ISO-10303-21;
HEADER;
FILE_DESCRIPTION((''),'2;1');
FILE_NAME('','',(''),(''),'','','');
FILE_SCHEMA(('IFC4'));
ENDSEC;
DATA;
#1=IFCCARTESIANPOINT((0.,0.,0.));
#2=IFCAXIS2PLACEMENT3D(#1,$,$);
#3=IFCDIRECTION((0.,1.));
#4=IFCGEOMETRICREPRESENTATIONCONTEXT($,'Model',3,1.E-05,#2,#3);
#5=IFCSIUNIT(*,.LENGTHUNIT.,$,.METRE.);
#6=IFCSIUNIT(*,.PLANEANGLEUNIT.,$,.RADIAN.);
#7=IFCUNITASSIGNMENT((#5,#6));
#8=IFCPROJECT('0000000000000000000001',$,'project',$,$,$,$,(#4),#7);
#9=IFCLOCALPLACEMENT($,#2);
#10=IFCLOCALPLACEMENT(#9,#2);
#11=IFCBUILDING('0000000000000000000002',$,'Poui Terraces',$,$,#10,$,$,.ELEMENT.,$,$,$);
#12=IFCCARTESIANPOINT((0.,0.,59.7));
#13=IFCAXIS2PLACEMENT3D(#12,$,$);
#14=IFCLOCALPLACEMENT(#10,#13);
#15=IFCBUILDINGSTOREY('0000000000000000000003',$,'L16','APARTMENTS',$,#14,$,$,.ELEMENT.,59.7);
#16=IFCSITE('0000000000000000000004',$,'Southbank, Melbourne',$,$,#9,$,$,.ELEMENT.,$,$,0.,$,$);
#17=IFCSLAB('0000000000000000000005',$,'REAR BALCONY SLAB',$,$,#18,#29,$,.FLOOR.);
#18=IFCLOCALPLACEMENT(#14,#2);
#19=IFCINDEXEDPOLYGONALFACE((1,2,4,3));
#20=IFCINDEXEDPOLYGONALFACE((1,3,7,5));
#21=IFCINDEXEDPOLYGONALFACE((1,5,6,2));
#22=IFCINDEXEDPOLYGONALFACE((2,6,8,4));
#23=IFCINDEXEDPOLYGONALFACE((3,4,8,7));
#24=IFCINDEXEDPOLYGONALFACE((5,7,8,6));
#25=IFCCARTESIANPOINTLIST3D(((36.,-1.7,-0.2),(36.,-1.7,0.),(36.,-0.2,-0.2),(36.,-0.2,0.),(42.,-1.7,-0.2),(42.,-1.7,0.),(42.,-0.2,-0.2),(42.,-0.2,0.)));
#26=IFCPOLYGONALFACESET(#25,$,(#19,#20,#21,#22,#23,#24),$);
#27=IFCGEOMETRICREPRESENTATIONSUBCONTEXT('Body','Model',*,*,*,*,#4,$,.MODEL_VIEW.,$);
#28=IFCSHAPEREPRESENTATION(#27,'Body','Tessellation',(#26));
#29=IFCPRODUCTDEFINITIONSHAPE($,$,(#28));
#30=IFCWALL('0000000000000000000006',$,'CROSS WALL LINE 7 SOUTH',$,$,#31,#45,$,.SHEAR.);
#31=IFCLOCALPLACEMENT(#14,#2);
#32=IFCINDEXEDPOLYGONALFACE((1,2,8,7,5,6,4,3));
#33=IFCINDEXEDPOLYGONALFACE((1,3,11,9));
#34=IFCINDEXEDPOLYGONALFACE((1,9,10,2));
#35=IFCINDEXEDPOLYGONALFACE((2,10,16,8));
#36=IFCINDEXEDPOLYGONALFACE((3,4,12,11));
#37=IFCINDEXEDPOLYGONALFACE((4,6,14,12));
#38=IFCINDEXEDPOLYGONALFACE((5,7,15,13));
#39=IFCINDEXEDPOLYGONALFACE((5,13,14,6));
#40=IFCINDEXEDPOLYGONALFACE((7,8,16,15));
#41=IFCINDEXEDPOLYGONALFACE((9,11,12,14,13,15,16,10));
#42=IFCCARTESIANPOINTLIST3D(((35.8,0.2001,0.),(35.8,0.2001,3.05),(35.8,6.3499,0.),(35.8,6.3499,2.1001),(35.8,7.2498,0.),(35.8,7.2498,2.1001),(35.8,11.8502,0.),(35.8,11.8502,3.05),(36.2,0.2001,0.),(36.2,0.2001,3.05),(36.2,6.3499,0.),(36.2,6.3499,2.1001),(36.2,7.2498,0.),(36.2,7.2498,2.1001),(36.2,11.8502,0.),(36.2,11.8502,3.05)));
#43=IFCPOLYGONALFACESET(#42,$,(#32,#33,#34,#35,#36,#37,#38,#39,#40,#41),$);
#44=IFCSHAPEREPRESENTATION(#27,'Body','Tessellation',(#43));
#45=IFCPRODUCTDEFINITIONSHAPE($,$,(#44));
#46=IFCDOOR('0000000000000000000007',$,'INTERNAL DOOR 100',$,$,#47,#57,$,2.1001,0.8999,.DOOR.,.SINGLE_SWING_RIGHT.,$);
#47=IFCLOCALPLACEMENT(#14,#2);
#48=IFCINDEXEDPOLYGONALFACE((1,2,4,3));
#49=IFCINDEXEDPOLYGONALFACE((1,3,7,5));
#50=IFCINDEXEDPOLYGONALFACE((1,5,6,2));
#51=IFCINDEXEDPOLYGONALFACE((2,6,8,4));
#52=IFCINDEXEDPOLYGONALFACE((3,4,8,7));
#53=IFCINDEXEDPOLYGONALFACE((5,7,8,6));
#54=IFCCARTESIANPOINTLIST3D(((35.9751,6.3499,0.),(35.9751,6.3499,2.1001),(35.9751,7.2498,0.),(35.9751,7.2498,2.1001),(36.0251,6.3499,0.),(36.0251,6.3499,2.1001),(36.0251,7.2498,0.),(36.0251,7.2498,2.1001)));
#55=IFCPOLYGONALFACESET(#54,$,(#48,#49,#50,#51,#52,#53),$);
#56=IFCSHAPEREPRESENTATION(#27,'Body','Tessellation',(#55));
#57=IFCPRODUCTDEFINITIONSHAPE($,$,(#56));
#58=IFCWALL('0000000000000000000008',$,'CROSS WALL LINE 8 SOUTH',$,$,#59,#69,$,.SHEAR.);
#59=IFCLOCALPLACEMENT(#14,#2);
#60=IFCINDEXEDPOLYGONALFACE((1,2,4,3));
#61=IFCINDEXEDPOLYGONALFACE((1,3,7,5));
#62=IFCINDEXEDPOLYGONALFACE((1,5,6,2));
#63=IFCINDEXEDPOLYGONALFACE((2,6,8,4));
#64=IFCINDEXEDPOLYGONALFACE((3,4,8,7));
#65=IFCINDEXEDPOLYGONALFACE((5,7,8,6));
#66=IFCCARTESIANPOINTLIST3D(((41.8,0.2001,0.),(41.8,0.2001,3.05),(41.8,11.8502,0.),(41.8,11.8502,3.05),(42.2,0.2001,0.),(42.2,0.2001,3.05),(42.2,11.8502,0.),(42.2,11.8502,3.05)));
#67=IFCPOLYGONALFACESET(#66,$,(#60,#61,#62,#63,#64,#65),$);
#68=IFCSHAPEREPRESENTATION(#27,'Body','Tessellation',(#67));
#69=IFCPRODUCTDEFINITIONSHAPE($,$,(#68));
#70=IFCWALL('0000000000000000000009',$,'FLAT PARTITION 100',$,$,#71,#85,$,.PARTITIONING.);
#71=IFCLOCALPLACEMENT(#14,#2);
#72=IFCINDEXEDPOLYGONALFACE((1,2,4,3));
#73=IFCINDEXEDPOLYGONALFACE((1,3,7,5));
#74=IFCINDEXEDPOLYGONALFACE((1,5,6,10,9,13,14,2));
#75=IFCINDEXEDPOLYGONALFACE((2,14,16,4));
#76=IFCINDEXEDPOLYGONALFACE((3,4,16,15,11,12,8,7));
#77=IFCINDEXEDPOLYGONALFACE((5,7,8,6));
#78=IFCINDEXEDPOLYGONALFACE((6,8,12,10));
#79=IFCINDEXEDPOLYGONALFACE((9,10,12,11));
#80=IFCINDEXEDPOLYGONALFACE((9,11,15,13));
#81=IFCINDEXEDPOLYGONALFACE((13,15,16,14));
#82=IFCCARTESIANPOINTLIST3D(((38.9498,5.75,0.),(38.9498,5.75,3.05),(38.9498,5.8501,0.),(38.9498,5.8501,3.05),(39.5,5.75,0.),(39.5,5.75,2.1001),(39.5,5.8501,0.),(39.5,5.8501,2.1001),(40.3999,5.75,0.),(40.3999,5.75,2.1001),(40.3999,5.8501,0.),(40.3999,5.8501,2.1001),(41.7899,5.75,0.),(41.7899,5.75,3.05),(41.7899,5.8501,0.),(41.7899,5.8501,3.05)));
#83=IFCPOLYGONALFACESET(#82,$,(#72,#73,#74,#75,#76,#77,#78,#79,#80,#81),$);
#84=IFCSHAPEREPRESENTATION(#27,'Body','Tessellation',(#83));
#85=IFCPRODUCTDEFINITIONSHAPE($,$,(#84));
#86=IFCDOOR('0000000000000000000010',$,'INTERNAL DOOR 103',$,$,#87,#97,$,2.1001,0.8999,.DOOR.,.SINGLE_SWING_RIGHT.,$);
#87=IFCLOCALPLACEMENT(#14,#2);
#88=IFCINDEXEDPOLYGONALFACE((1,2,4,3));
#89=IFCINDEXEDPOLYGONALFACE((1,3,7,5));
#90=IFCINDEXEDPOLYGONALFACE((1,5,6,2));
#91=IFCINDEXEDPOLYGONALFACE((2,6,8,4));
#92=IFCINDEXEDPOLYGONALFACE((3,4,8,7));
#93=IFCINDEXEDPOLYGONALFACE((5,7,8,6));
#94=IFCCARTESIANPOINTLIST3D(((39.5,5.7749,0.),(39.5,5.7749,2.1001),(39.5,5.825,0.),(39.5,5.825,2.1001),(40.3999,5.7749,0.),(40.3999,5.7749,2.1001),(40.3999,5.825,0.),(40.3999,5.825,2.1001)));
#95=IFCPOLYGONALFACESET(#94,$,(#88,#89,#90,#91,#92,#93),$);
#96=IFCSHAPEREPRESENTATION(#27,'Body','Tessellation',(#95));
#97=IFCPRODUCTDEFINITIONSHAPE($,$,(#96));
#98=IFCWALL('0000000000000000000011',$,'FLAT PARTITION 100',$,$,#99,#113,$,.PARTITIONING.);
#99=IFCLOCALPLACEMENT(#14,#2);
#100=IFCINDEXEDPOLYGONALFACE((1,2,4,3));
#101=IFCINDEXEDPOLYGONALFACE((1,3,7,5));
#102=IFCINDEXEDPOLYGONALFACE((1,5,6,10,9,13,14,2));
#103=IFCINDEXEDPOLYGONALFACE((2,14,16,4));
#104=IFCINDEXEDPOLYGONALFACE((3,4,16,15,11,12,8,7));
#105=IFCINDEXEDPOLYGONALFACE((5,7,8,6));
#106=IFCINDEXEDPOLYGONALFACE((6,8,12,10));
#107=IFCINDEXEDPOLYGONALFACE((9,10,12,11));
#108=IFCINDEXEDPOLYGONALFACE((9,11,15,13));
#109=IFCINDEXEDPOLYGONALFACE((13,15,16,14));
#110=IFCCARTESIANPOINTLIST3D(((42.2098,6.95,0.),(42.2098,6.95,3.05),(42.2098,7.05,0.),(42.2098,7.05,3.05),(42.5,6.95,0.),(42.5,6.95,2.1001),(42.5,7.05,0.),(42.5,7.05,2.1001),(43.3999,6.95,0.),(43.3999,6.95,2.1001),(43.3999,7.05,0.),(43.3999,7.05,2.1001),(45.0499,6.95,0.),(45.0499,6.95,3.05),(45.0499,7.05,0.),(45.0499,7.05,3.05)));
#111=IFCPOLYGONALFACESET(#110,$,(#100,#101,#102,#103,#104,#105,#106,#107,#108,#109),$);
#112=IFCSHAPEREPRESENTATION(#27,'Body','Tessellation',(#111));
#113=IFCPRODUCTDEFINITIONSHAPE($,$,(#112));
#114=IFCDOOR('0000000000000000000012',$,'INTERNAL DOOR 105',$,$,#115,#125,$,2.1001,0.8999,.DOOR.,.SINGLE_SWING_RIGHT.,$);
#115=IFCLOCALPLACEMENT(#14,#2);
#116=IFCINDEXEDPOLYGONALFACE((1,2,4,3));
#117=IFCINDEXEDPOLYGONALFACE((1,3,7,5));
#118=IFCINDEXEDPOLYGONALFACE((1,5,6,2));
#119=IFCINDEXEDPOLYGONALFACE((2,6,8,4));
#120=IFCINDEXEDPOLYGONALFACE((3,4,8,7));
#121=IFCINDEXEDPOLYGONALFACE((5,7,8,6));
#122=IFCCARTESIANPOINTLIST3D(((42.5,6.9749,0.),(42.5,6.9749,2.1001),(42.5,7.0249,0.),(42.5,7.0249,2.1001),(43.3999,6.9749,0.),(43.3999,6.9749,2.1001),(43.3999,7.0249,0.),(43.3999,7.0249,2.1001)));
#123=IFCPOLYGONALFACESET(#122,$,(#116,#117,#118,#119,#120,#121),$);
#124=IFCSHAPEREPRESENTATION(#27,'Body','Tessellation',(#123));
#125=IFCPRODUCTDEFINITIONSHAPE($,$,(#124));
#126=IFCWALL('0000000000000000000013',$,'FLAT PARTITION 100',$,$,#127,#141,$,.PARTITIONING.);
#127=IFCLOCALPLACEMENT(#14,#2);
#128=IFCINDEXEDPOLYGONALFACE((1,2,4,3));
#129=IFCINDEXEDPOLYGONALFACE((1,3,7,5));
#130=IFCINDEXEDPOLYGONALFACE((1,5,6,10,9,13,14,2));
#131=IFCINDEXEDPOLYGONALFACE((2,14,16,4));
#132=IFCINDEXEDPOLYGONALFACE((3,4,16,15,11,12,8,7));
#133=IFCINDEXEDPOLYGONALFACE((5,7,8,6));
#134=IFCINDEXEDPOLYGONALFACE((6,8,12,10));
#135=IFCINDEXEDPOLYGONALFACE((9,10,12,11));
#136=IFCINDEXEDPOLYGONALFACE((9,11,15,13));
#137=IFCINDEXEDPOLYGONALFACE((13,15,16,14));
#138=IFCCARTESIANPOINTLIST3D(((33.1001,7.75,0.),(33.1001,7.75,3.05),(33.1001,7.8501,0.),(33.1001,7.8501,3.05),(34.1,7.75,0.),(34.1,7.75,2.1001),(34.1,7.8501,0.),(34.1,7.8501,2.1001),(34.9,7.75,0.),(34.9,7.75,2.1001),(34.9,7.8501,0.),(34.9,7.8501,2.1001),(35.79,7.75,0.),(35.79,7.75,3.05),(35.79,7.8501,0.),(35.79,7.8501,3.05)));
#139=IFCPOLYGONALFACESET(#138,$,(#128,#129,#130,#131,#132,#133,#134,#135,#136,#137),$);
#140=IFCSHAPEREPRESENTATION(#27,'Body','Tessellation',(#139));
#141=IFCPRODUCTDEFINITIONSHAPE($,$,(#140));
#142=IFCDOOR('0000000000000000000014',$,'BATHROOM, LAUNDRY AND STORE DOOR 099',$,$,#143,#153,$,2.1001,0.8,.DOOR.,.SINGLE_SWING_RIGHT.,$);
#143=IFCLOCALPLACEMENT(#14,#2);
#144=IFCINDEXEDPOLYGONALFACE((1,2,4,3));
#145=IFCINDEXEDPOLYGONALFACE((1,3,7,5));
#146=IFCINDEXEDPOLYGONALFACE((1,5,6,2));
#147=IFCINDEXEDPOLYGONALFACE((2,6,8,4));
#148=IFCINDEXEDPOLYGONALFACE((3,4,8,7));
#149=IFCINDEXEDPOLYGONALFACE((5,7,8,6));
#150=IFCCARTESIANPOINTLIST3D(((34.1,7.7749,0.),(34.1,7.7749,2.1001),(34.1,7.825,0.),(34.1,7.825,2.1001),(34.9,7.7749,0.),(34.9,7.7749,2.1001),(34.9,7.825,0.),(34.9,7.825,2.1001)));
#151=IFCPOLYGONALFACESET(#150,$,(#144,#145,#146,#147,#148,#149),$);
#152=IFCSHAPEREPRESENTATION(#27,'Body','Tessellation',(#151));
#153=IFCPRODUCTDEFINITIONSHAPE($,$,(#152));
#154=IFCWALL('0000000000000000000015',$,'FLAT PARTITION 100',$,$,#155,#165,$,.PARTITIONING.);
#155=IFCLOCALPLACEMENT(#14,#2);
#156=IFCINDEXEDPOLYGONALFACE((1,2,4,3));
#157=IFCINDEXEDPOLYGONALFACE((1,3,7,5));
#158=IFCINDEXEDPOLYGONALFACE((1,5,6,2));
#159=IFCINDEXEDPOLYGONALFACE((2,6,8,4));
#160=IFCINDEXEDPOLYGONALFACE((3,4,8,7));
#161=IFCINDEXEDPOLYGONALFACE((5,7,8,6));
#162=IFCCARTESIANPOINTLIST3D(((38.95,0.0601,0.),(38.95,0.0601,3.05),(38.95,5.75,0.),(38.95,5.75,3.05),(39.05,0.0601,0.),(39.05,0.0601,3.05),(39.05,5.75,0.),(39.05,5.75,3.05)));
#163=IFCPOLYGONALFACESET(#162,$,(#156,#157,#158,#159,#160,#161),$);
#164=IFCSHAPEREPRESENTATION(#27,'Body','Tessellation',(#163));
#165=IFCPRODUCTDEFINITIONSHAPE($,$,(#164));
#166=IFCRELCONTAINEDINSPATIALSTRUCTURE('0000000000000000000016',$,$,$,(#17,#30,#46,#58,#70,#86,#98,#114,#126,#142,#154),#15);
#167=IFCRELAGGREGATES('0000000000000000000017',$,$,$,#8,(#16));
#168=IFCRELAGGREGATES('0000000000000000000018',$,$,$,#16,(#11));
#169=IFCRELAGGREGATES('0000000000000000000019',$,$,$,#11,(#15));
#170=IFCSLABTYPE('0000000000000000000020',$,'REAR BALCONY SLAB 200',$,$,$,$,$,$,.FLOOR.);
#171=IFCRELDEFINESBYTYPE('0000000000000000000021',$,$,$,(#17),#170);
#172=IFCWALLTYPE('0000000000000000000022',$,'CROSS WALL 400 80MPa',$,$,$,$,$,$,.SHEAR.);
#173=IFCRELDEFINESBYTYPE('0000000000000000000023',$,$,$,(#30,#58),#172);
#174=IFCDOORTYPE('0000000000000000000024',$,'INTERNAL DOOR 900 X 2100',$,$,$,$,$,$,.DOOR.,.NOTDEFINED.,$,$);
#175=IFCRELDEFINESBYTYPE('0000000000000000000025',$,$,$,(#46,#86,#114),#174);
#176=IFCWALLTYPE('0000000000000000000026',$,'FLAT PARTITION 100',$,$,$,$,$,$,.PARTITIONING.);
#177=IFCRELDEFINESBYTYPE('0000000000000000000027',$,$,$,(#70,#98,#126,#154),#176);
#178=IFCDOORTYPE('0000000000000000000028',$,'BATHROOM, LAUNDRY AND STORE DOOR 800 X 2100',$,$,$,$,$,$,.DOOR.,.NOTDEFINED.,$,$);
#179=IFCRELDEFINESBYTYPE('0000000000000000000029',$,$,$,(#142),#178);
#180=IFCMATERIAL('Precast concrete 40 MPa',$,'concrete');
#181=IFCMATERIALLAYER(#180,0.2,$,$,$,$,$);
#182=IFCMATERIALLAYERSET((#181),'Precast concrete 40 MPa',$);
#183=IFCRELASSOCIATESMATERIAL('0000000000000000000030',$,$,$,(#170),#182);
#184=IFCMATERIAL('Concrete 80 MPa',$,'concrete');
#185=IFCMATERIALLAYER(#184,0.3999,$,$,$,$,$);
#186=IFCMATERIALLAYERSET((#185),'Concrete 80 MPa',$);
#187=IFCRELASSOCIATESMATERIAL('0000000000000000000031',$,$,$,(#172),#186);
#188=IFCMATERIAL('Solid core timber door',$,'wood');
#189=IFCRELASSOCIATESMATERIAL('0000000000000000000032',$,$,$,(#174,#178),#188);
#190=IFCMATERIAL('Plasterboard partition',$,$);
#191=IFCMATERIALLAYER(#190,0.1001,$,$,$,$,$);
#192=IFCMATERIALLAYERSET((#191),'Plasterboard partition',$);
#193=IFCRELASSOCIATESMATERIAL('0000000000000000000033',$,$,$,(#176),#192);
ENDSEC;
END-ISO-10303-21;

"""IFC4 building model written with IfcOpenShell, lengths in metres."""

from ifc_helpers import new_model, si_unit, direction, frame, frame_2d, origin, place, context, subcontext, project, spatial, polyline, rectangle, outline, extrude, source, transform, mapped, material, layer, layer_set, type_object, element, fill, save


model = new_model("IFC4")

# Units and contexts
model_context = context("Model", 3, precision=1e-05, world=origin(), true_north=direction((0.0, 1.0)))
body_context = subcontext(model_context, "Body", "Model", "MODEL_VIEW")
ifc_project = project(units=[si_unit("LENGTHUNIT", "METRE"), si_unit("PLANEANGLEUNIT", "RADIAN")], contexts=[model_context])

# Site, building, storey
site_placement = place(None, origin())
site = spatial("IfcSite", under=ifc_project, at=site_placement, Name="Southbank, Melbourne", CompositionType="ELEMENT", RefElevation=0.0)
building_placement = place(site_placement, origin())
building = spatial("IfcBuilding", under=site, at=building_placement, Name="Poui Terraces", CompositionType="ELEMENT")
storey_placement = place(building_placement, frame((0.0, 0.0, 59.7)))
storey = spatial("IfcBuildingStorey", under=building, at=storey_placement, Name="L16", Description="APARTMENTS", CompositionType="ELEMENT", Elevation=59.7)

# Slab
ifc_material_1 = material(Name="Precast concrete 40 MPa", Category="concrete")
ifc_layer_1 = layer(ifc_material_1, 0.2)
ifc_layer_set_1 = layer_set([ifc_layer_1], Name="Precast concrete 40 MPa")
slab_type = type_object("IfcSlabType", Name="REAR BALCONY SLAB 200", PredefinedType="FLOOR", material=ifc_layer_set_1)
shared_shape_1 = source(origin(), body_context, "Body", "SweptSolid", [
    extrude(outline(polyline([(0.0, 0.0), (6.0, 0.0), (6.0, 1.5), (0.0, 1.5), (0.0, 0.0)])), origin(), (0.0, 0.0, 1.0), 0.2),
])
slab_placement = place(storey_placement, frame((36.0, -1.7, -0.2)))
element("IfcSlab", 1, at=slab_placement, inside=storey, type_object=slab_type, Name="REAR BALCONY SLAB", PredefinedType="FLOOR", context=body_context, shape_type="MappedRepresentation", body=[
    mapped(shared_shape_1, transform((0.0, 0.0, 0.0))),
])

# Wall, opening, door
ifc_material_2 = material(Name="Concrete 80 MPa", Category="concrete")
ifc_layer_2 = layer(ifc_material_2, 0.3999)
ifc_layer_set_2 = layer_set([ifc_layer_2], Name="Concrete 80 MPa")
wall_type_1 = type_object("IfcWallType", Name="CROSS WALL 400 80MPa", PredefinedType="SHEAR", material=ifc_layer_set_2)
wall_1_placement = place(storey_placement, frame((36.0, 0.2, 0.0), z_axis=(0.0, 0.0, 1.0), x_axis=(0.0, 1.0, 0.0)))
wall_1 = element("IfcWall", 2, at=wall_1_placement, inside=storey, type_object=wall_type_1, Name="CROSS WALL LINE 7 SOUTH", PredefinedType="SHEAR", context=body_context, shape_type="SweptSolid", body=[
    extrude(rectangle(XDim=11.6501, YDim=0.3999, at=frame_2d((5.8252, 0.0))), origin(), (0.0, 0.0, 1.0), 3.05),
])
opening_1_placement = place(wall_1_placement, frame((6.1499, 0.0, 0.0)))
opening_1 = element("IfcOpeningElement", 3, at=opening_1_placement, cuts=wall_1, PredefinedType="OPENING", context=body_context, shape_type="SweptSolid", body=[
    extrude(rectangle(XDim=0.8999, YDim=2.1001, at=frame_2d((0.45, 1.05))), frame((0.0, 0.21, 0.0), z_axis=(0.0, -1.0, 0.0), x_axis=(1.0, 0.0, 0.0)), (0.0, 0.0, 1.0), 0.4199),
])
ifc_material_3 = material(Name="Solid core timber door", Category="wood")
door_type_1 = type_object("IfcDoorType", Name="INTERNAL DOOR 900 X 2100", OperationType="NOTDEFINED", PredefinedType="DOOR", material=ifc_material_3)
door_1_placement = place(opening_1_placement, origin())
door_1 = element("IfcDoor", 4, at=door_1_placement, inside=storey, type_object=door_type_1, Name="INTERNAL DOOR 100", OperationType="SINGLE_SWING_RIGHT", OverallHeight=2.1001, OverallWidth=0.8999, PredefinedType="DOOR", context=body_context, shape_type="SweptSolid", body=[
    extrude(rectangle(XDim=0.8999, YDim=2.1001, at=frame_2d((0.45, 1.05))), frame((0.0, 0.0249, 0.0), z_axis=(0.0, -1.0, 0.0), x_axis=(1.0, 0.0, 0.0)), (0.0, 0.0, 1.0), 0.05),
])
fill(opening_1, door_1)

# Wall
wall_2_placement = place(storey_placement, frame((42.0, 0.2, 0.0), z_axis=(0.0, 0.0, 1.0), x_axis=(0.0, 1.0, 0.0)))
element("IfcWall", 5, at=wall_2_placement, inside=storey, type_object=wall_type_1, Name="CROSS WALL LINE 8 SOUTH", PredefinedType="SHEAR", context=body_context, shape_type="SweptSolid", body=[
    extrude(rectangle(XDim=11.6501, YDim=0.3999, at=frame_2d((5.8252, 0.0))), origin(), (0.0, 0.0, 1.0), 3.05),
])

# Walls, openings, doors
ifc_material_4 = material(Name="Plasterboard partition")
ifc_layer_3 = layer(ifc_material_4, 0.1001)
ifc_layer_set_3 = layer_set([ifc_layer_3], Name="Plasterboard partition")
wall_type_2 = type_object("IfcWallType", Name="FLAT PARTITION 100", PredefinedType="PARTITIONING", material=ifc_layer_set_3)
wall_3_placement = place(storey_placement, frame((38.95, 5.8, 0.0), z_axis=(0.0, 0.0, 1.0), x_axis=(1.0, 0.0, 0.0)))
wall_3 = element("IfcWall", 6, at=wall_3_placement, inside=storey, type_object=wall_type_2, Name="FLAT PARTITION 100", PredefinedType="PARTITIONING", context=body_context, shape_type="SweptSolid", body=[
    extrude(rectangle(XDim=2.8401, YDim=0.1001, at=frame_2d((1.4199, 0.0))), origin(), (0.0, 0.0, 1.0), 3.05),
])
opening_2_placement = place(wall_3_placement, frame((0.55, 0.0, 0.0)))
opening_2 = element("IfcOpeningElement", 7, at=opening_2_placement, cuts=wall_3, PredefinedType="OPENING", context=body_context, shape_type="SweptSolid", body=[
    extrude(rectangle(XDim=0.8999, YDim=2.1001, at=frame_2d((0.45, 1.05))), frame((0.0, 0.0601, 0.0), z_axis=(0.0, -1.0, 0.0), x_axis=(1.0, 0.0, 0.0)), (0.0, 0.0, 1.0), 0.1201),
])
door_2_placement = place(opening_2_placement, origin())
door_2 = element("IfcDoor", 8, at=door_2_placement, inside=storey, type_object=door_type_1, Name="INTERNAL DOOR 103", OperationType="SINGLE_SWING_RIGHT", OverallHeight=2.1001, OverallWidth=0.8999, PredefinedType="DOOR", context=body_context, shape_type="SweptSolid", body=[
    extrude(rectangle(XDim=0.8999, YDim=2.1001, at=frame_2d((0.45, 1.05))), frame((0.0, 0.0249, 0.0), z_axis=(0.0, -1.0, 0.0), x_axis=(1.0, 0.0, 0.0)), (0.0, 0.0, 1.0), 0.05),
])
fill(opening_2, door_2)
wall_4_placement = place(storey_placement, frame((42.21, 7.0, 0.0), z_axis=(0.0, 0.0, 1.0), x_axis=(1.0, 0.0, 0.0)))
wall_4 = element("IfcWall", 9, at=wall_4_placement, inside=storey, type_object=wall_type_2, Name="FLAT PARTITION 100", PredefinedType="PARTITIONING", context=body_context, shape_type="SweptSolid", body=[
    extrude(rectangle(XDim=2.8401, YDim=0.1001, at=frame_2d((1.4199, 0.0))), origin(), (0.0, 0.0, 1.0), 3.05),
])
opening_3_placement = place(wall_4_placement, frame((0.29, 0.0, 0.0)))
opening_3 = element("IfcOpeningElement", 10, at=opening_3_placement, cuts=wall_4, PredefinedType="OPENING", context=body_context, shape_type="SweptSolid", body=[
    extrude(rectangle(XDim=0.8999, YDim=2.1001, at=frame_2d((0.45, 1.05))), frame((0.0, 0.0601, 0.0), z_axis=(0.0, -1.0, 0.0), x_axis=(1.0, 0.0, 0.0)), (0.0, 0.0, 1.0), 0.1201),
])
door_3_placement = place(opening_3_placement, origin())
door_3 = element("IfcDoor", 11, at=door_3_placement, inside=storey, type_object=door_type_1, Name="INTERNAL DOOR 105", OperationType="SINGLE_SWING_RIGHT", OverallHeight=2.1001, OverallWidth=0.8999, PredefinedType="DOOR", context=body_context, shape_type="SweptSolid", body=[
    extrude(rectangle(XDim=0.8999, YDim=2.1001, at=frame_2d((0.45, 1.05))), frame((0.0, 0.0249, 0.0), z_axis=(0.0, -1.0, 0.0), x_axis=(1.0, 0.0, 0.0)), (0.0, 0.0, 1.0), 0.05),
])
fill(opening_3, door_3)
wall_5_placement = place(storey_placement, frame((33.1001, 7.8, 0.0), z_axis=(0.0, 0.0, 1.0), x_axis=(1.0, 0.0, 0.0)))
wall_5 = element("IfcWall", 12, at=wall_5_placement, inside=storey, type_object=wall_type_2, Name="FLAT PARTITION 100", PredefinedType="PARTITIONING", context=body_context, shape_type="SweptSolid", body=[
    extrude(rectangle(XDim=2.6899, YDim=0.1001, at=frame_2d((1.345, 0.0))), origin(), (0.0, 0.0, 1.0), 3.05),
])
opening_4_placement = place(wall_5_placement, frame((1.0, 0.0, 0.0)))
opening_4 = element("IfcOpeningElement", 13, at=opening_4_placement, cuts=wall_5, PredefinedType="OPENING", context=body_context, shape_type="SweptSolid", body=[
    extrude(rectangle(XDim=0.8, YDim=2.1001, at=frame_2d((0.3999, 1.05))), frame((0.0, 0.0601, 0.0), z_axis=(0.0, -1.0, 0.0), x_axis=(1.0, 0.0, 0.0)), (0.0, 0.0, 1.0), 0.1201),
])
door_type_2 = type_object("IfcDoorType", Name="BATHROOM, LAUNDRY AND STORE DOOR 800 X 2100", OperationType="NOTDEFINED", PredefinedType="DOOR", material=ifc_material_3)
door_4_placement = place(opening_4_placement, origin())
door_4 = element("IfcDoor", 14, at=door_4_placement, inside=storey, type_object=door_type_2, Name="BATHROOM, LAUNDRY AND STORE DOOR 099", OperationType="SINGLE_SWING_RIGHT", OverallHeight=2.1001, OverallWidth=0.8, PredefinedType="DOOR", context=body_context, shape_type="SweptSolid", body=[
    extrude(rectangle(XDim=0.8, YDim=2.1001, at=frame_2d((0.3999, 1.05))), frame((0.0, 0.0249, 0.0), z_axis=(0.0, -1.0, 0.0), x_axis=(1.0, 0.0, 0.0)), (0.0, 0.0, 1.0), 0.05),
])
fill(opening_4, door_4)

# Wall
wall_6_placement = place(storey_placement, frame((39.0, 0.0601, 0.0), z_axis=(0.0, 0.0, 1.0), x_axis=(0.0, 1.0, 0.0)))
element("IfcWall", 15, at=wall_6_placement, inside=storey, type_object=wall_type_2, Name="FLAT PARTITION 100", PredefinedType="PARTITIONING", context=body_context, shape_type="SweptSolid", body=[
    extrude(rectangle(XDim=5.6899, YDim=0.1001, at=frame_2d((2.845, 0.0))), origin(), (0.0, 0.0, 1.0), 3.05),
])

save(model, "model.ifc")
